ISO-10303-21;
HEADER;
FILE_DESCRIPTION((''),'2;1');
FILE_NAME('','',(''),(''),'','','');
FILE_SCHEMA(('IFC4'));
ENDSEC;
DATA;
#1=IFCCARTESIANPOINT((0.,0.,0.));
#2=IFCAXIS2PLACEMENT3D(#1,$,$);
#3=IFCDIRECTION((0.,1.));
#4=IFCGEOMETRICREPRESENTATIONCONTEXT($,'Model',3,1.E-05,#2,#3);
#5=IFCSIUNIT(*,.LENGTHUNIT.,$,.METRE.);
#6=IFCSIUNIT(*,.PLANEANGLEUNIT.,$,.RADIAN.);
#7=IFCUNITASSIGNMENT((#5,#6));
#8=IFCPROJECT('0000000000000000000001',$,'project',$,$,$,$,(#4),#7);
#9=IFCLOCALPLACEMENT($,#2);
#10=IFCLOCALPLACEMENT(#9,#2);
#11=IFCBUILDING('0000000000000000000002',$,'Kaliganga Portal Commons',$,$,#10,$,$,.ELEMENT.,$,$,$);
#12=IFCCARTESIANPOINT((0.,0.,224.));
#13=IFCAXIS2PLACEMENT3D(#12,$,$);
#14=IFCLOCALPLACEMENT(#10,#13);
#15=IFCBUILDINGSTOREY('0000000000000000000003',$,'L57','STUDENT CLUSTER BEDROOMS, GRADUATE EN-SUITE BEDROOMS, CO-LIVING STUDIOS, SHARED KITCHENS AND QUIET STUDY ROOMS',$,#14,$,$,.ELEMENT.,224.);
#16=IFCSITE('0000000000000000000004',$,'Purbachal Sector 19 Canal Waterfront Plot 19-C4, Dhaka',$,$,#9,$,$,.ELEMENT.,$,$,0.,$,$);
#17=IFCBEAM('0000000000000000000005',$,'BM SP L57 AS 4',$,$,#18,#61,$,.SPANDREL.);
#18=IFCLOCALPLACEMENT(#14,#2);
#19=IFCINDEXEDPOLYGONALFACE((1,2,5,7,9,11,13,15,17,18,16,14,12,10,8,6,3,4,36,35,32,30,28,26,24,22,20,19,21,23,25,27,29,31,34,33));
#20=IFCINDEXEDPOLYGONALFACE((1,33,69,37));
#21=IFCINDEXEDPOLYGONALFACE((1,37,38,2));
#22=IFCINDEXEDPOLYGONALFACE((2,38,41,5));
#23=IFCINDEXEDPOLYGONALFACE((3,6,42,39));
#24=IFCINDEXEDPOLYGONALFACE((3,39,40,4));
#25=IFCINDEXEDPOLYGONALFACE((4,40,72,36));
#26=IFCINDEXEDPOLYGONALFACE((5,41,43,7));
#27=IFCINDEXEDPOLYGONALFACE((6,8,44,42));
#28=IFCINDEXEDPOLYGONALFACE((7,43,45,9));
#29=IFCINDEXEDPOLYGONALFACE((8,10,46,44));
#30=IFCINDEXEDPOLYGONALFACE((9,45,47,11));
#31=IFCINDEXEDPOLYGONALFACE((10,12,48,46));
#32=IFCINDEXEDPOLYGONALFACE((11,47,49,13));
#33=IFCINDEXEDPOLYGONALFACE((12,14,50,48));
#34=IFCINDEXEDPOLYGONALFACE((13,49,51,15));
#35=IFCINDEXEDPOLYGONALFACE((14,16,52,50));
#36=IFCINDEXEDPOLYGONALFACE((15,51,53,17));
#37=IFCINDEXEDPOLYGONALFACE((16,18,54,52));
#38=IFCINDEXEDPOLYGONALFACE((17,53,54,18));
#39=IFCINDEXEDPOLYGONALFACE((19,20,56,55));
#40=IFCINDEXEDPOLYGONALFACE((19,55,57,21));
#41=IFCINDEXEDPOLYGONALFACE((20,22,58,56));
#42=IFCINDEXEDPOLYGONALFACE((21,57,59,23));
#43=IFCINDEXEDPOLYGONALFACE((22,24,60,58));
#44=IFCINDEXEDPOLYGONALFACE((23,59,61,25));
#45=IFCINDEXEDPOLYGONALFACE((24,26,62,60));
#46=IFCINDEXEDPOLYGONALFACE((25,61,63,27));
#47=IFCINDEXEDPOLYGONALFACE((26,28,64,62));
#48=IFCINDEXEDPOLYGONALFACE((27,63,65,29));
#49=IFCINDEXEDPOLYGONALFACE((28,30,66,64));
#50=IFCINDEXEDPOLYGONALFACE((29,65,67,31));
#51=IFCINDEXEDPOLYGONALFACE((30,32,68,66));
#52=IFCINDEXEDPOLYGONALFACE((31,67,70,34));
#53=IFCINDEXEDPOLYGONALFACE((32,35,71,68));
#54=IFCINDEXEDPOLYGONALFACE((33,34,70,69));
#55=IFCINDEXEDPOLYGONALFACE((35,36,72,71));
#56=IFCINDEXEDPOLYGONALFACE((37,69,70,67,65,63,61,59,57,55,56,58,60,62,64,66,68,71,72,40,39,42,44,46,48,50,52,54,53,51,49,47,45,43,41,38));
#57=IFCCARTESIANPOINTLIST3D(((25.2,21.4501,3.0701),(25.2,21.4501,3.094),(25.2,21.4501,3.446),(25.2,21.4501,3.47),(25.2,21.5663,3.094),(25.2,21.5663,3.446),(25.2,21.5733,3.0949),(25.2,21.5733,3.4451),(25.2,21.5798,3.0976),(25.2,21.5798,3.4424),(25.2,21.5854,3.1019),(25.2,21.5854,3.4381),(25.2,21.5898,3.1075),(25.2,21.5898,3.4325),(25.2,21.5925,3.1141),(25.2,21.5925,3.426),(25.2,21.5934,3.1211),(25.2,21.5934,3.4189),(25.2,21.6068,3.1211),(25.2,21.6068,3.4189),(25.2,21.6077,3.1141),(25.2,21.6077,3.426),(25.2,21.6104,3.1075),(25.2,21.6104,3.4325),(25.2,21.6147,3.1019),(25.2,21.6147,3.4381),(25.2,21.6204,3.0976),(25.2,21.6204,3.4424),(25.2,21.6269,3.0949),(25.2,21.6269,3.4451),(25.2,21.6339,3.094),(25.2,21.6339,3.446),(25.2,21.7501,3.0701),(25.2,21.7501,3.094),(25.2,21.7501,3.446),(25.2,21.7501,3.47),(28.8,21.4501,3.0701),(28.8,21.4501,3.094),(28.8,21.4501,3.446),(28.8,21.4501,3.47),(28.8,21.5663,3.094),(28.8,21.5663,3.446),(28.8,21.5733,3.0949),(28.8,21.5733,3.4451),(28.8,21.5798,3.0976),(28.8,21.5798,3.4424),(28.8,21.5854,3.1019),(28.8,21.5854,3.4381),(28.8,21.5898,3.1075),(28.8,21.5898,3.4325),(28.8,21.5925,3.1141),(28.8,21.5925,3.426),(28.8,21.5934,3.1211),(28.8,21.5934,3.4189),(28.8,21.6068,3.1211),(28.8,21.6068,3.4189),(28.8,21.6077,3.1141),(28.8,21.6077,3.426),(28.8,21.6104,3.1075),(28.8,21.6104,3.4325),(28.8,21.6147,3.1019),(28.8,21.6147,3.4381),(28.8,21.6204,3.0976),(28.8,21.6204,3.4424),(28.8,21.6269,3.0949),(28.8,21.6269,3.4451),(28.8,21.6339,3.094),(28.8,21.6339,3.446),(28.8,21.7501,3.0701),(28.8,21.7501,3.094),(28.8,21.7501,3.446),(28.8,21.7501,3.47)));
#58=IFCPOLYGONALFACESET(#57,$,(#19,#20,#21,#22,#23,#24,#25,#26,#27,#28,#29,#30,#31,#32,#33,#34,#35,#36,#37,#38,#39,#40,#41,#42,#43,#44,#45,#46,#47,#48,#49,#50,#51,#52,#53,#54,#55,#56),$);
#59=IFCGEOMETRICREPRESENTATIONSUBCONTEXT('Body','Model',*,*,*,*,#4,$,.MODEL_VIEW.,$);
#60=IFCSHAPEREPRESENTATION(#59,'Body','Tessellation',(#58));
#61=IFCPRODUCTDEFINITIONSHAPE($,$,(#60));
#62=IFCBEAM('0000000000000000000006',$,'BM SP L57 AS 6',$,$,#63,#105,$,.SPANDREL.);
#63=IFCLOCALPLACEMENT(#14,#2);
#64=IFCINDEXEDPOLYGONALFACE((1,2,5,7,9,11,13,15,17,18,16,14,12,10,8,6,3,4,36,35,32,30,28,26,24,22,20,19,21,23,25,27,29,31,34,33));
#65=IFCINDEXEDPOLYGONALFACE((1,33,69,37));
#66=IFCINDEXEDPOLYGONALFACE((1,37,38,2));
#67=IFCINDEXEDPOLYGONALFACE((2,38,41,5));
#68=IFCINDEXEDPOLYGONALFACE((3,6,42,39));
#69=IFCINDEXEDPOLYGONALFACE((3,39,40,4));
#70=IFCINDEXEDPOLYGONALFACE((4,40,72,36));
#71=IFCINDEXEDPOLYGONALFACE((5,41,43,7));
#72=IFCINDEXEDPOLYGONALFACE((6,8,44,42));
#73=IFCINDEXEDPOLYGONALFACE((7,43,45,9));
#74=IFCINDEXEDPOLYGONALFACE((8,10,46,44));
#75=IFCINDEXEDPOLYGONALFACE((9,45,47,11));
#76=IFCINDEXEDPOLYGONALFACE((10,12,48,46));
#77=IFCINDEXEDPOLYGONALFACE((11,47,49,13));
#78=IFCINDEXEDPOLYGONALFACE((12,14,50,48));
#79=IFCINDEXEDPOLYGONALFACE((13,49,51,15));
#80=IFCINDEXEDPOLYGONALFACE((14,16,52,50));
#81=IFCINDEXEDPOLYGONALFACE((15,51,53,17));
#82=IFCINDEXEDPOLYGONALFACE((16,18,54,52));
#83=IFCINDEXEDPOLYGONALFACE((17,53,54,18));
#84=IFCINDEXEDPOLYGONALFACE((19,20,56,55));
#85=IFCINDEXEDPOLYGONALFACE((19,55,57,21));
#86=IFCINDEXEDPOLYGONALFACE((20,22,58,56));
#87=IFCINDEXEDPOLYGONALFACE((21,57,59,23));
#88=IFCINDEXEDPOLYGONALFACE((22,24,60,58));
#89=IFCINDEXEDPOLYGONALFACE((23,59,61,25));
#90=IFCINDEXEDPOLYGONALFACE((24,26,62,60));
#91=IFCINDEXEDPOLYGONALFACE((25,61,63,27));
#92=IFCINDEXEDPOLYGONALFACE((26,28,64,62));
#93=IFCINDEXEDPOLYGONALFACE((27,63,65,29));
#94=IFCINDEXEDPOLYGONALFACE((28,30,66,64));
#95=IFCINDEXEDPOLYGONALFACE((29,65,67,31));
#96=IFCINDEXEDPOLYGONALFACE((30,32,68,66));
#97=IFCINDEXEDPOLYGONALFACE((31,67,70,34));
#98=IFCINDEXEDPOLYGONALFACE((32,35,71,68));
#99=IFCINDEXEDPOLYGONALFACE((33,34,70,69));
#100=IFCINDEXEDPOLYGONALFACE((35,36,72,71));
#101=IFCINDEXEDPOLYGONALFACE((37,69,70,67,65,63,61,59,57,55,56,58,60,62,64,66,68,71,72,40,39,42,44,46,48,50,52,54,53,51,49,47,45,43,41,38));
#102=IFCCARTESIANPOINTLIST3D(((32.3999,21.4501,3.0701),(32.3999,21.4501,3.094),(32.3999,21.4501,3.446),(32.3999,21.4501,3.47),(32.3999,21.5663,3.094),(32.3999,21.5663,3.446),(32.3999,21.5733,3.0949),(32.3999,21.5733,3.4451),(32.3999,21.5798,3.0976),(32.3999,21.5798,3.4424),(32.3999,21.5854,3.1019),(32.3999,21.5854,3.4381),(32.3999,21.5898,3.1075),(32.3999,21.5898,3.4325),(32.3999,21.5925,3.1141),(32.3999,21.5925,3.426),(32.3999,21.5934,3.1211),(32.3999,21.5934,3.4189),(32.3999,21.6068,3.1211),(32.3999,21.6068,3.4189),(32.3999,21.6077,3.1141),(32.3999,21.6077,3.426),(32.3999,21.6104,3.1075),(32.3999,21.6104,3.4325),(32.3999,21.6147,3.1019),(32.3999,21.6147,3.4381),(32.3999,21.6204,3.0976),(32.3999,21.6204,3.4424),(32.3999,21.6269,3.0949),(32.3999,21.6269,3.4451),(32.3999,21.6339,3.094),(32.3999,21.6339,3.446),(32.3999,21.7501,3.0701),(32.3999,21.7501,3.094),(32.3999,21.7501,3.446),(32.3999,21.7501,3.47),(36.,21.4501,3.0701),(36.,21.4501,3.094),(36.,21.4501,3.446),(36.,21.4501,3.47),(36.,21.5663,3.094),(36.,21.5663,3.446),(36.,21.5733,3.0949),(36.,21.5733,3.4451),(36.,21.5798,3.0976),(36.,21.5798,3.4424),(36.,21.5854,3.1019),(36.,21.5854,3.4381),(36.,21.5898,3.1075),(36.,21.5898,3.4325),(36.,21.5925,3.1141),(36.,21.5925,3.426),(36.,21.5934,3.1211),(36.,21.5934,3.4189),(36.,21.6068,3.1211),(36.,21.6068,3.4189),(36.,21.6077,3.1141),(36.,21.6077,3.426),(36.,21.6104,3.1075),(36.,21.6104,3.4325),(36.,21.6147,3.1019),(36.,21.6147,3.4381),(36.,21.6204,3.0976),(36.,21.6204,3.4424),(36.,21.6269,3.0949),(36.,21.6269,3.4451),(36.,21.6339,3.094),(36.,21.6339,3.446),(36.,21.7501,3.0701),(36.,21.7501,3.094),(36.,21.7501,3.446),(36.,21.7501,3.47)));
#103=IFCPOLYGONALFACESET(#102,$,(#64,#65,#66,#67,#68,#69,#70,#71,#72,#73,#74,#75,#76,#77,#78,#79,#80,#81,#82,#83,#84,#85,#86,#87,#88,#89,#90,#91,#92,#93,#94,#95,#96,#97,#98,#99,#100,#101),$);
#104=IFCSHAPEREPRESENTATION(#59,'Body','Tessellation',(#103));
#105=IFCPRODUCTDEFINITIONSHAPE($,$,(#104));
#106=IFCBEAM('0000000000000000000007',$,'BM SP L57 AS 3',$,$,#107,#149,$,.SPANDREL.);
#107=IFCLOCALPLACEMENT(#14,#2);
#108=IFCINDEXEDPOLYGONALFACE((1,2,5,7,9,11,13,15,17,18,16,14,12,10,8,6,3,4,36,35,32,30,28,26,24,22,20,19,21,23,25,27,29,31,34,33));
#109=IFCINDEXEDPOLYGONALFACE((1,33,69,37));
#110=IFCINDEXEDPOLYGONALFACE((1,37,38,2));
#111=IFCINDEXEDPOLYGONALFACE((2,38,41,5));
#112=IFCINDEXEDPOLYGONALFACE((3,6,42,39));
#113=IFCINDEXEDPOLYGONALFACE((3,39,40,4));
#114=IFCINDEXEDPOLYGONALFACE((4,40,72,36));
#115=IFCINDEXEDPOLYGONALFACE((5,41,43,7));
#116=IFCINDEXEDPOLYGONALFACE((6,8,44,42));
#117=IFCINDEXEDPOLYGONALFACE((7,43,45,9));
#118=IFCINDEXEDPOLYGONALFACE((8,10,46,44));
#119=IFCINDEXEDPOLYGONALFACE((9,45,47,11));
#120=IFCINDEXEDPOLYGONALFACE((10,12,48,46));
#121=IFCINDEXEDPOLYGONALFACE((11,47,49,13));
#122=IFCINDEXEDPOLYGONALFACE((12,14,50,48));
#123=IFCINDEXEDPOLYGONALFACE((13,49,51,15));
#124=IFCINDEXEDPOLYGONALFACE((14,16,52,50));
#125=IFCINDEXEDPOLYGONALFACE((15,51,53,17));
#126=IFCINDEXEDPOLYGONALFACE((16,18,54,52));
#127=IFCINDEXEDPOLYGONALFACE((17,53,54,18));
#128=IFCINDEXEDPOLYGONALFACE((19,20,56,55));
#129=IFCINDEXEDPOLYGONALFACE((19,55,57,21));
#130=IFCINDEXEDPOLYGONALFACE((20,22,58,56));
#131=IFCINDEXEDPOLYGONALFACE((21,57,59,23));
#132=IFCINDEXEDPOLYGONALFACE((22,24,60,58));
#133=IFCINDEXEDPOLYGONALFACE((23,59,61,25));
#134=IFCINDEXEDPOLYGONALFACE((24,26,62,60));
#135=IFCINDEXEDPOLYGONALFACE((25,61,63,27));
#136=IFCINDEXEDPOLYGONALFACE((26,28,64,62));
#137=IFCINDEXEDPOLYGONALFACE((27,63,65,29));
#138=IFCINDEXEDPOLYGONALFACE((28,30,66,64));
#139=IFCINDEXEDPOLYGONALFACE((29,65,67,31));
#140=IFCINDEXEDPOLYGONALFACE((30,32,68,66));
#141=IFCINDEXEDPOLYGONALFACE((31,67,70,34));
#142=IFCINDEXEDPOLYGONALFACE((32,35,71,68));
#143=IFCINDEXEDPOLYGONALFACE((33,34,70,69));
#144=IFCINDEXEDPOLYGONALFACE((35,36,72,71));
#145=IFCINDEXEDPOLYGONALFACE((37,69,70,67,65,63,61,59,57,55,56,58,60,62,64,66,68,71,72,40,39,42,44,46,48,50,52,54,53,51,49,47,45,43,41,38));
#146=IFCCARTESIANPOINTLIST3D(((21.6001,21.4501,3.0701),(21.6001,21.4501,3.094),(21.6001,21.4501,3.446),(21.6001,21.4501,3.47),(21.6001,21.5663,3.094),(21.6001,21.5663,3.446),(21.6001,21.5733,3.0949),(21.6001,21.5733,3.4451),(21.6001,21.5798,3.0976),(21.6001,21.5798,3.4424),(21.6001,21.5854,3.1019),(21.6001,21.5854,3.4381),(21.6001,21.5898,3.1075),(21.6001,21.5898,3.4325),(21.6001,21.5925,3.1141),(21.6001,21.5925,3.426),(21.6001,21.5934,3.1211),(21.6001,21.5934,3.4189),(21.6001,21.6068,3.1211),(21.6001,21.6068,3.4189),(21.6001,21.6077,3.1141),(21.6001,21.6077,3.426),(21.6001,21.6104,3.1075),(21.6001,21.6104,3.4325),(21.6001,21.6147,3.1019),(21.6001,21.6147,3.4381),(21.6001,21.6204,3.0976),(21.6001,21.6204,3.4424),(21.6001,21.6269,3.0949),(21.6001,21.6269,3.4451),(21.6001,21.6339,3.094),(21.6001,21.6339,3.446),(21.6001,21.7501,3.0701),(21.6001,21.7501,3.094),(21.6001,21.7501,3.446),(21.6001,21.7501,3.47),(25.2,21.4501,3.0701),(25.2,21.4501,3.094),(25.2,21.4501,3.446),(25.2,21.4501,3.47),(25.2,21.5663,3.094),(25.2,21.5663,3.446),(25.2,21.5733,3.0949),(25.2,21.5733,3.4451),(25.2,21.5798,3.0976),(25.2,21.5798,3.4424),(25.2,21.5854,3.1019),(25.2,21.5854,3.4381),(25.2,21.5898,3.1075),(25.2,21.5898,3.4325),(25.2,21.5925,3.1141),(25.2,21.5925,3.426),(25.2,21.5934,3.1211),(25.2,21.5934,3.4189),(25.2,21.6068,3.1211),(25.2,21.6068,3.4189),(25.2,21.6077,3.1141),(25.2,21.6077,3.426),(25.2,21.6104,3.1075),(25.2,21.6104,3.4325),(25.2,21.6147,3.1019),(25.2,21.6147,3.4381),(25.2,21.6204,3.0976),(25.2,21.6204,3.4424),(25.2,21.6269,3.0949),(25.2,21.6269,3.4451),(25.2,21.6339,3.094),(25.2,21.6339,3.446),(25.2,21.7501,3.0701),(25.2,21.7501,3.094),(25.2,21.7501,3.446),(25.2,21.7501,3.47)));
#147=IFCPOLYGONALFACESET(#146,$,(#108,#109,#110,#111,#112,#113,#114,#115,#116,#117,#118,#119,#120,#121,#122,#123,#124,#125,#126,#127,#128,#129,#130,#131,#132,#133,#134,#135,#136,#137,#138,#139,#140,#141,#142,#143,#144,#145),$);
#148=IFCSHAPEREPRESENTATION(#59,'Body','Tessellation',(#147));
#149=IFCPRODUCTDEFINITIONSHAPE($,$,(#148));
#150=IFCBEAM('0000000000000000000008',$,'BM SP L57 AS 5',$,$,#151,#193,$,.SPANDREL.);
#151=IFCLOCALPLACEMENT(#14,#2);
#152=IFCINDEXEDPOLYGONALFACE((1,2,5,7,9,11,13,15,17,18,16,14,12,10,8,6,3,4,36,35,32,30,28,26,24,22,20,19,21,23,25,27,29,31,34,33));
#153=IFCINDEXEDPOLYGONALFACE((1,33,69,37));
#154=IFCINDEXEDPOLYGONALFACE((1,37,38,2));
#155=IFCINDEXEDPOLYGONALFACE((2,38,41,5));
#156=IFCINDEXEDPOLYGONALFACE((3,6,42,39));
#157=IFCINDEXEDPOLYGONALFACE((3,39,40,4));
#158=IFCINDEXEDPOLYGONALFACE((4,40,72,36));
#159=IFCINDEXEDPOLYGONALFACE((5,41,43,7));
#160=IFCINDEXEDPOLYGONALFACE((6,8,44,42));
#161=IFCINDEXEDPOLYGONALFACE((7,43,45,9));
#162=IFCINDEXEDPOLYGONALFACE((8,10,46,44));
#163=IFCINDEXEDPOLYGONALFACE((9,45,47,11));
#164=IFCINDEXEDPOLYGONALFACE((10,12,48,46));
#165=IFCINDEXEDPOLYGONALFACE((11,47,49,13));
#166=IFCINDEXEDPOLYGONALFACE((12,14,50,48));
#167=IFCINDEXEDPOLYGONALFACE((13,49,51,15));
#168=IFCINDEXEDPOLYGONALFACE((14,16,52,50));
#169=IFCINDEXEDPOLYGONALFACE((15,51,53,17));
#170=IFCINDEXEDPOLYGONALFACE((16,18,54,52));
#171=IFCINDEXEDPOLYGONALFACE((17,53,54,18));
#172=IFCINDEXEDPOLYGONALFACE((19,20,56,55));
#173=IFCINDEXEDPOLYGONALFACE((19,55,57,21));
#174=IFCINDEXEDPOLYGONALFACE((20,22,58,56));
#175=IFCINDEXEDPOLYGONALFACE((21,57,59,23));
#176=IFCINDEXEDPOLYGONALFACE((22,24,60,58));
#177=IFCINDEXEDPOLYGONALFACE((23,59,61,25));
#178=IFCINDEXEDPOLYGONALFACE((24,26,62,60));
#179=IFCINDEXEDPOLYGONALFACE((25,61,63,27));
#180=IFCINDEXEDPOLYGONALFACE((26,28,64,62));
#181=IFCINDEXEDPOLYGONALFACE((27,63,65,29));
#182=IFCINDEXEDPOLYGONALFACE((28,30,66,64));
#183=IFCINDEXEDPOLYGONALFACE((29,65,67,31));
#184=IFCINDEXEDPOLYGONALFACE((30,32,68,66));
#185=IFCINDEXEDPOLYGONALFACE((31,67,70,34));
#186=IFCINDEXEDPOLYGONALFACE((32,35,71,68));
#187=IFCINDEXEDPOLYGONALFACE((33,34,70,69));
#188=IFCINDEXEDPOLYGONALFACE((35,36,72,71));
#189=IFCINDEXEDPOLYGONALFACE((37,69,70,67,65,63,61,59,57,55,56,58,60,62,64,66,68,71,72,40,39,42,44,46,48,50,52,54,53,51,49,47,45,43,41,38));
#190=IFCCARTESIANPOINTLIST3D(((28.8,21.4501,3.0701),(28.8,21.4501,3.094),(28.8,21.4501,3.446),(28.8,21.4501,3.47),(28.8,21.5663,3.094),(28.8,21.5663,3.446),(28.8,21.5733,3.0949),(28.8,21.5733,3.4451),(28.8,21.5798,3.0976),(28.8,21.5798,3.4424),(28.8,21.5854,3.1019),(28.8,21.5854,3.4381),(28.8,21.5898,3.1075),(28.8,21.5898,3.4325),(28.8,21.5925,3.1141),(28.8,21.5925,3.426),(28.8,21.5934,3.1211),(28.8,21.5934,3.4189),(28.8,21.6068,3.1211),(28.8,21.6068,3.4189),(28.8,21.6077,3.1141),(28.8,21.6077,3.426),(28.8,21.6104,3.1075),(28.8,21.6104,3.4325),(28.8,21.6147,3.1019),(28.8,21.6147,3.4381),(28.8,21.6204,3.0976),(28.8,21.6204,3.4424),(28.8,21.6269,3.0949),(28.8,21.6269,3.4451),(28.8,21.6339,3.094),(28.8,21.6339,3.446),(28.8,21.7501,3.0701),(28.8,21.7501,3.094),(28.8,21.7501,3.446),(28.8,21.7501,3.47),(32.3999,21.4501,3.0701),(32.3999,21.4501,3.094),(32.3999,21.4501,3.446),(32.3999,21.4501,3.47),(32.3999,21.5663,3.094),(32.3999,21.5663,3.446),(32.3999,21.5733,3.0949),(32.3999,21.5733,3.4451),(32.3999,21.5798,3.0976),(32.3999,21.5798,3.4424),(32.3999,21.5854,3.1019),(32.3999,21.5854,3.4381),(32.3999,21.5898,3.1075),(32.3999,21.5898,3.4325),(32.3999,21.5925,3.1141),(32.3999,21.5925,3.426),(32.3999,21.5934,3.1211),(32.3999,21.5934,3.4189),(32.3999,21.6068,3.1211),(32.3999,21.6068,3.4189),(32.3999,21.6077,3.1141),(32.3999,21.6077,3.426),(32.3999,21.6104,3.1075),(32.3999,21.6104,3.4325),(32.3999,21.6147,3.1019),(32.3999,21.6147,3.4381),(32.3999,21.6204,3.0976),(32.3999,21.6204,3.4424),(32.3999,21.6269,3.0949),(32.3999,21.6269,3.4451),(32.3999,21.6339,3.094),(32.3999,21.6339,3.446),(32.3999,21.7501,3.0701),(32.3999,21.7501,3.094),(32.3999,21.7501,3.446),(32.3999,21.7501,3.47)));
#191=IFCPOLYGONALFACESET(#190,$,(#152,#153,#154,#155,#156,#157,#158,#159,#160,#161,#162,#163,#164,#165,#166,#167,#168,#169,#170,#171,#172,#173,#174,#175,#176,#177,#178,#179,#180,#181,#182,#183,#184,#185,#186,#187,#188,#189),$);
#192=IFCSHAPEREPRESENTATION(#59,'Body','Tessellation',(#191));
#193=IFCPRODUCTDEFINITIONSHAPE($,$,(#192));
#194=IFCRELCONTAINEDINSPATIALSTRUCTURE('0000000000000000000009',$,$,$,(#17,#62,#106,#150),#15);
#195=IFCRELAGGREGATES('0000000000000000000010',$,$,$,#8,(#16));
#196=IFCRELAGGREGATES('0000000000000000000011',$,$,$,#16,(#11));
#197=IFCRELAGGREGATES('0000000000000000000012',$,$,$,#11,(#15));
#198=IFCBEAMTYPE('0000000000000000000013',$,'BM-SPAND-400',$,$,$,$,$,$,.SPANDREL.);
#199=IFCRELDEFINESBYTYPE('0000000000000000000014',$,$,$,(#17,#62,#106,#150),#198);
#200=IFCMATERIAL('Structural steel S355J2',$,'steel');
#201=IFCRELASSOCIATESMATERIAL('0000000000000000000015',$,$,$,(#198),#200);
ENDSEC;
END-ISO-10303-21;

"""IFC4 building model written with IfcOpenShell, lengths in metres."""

from ifc_helpers import new_model, si_unit, direction, frame, origin, origin_2d, place, context, subcontext, project, spatial, i_section, extrude, source, transform, mapped, material, material_profile, profile_set, type_object, element, save


model = new_model("IFC4")

# Units and contexts
model_context = context("Model", 3, precision=1e-05, world=origin(), true_north=direction((0.0, 1.0)))
body_context = subcontext(model_context, "Body", "Model", "MODEL_VIEW")
ifc_project = project(units=[si_unit("LENGTHUNIT", "METRE"), si_unit("PLANEANGLEUNIT", "RADIAN")], contexts=[model_context])

# Site, building, storey
site_placement = place(None, origin())
site = spatial("IfcSite", under=ifc_project, at=site_placement, Name="Purbachal Sector 19 Canal Waterfront Plot 19-C4, Dhaka", CompositionType="ELEMENT", RefElevation=0.0)
building_placement = place(site_placement, origin())
building = spatial("IfcBuilding", under=site, at=building_placement, Name="Kaliganga Portal Commons", CompositionType="ELEMENT")
storey_placement = place(building_placement, frame((0.0, 0.0, 224.0)))
storey = spatial("IfcBuildingStorey", under=building, at=storey_placement, Name="L57", Description="STUDENT CLUSTER BEDROOMS, GRADUATE EN-SUITE BEDROOMS, CO-LIVING STUDIOS, SHARED KITCHENS AND QUIET STUDY ROOMS", CompositionType="ELEMENT", Elevation=224.0)

# Shared definitions
ifc_material_1 = material(Name="Structural steel S355J2", Category="steel")

# Beams
ifc_material_profile_1 = material_profile(ifc_material_1, i_section(OverallWidth=0.3, OverallDepth=0.3999, WebThickness=0.0134, FlangeThickness=0.0239, FilletRadius=0.0271, at=origin_2d()), Name="HE 400 B")
ifc_profile_set_1 = profile_set([ifc_material_profile_1], Name="Structural steel S355J2 wide-flange")
beam_type_1 = type_object("IfcBeamType", Name="BM-SPAND-400", PredefinedType="SPANDREL", material=ifc_profile_set_1)
shared_shape_1 = source(origin(), body_context, "Body", "SweptSolid", [
    extrude(i_section(OverallWidth=0.3, OverallDepth=0.3999, WebThickness=0.0134, FlangeThickness=0.0239, FilletRadius=0.0271, at=origin_2d()), origin(), (0.0, 0.0, 1.0), 3.6001),
])
for number, where, z_axis, x_axis, name in (
    (1, (25.2, 21.6001, 3.27), (1.0, 0.0, 0.0), (0.0, 1.0, 0.0), "BM SP L57 AS 4"),
    (2, (32.3999, 21.6001, 3.27), (1.0, 0.0, 0.0), (0.0, 1.0, 0.0), "BM SP L57 AS 6"),
):
    element("IfcBeam", number, at=place(storey_placement, frame(where, z_axis=z_axis, x_axis=x_axis)), inside=storey, type_object=beam_type_1, Name=name, PredefinedType="SPANDREL", context=body_context, shape_type="MappedRepresentation", body=[
        mapped(shared_shape_1, transform((0.0, 0.0, 0.0), x_axis=(1.0, 0.0, 0.0), y_axis=(0.0, 1.0, 0.0), z_axis=(0.0, 0.0, 1.0), scale=1.0)),
    ])
shared_shape_2 = source(origin(), body_context, "Body", "SweptSolid", [
    extrude(i_section(OverallWidth=0.3, OverallDepth=0.3999, WebThickness=0.0134, FlangeThickness=0.0239, FilletRadius=0.0271, at=origin_2d()), origin(), (0.0, 0.0, 1.0), 3.5999),
])
for number, where, z_axis, x_axis, name in (
    (3, (21.6001, 21.6001, 3.27), (1.0, 0.0, 0.0), (0.0, 1.0, 0.0), "BM SP L57 AS 3"),
    (4, (28.8, 21.6001, 3.27), (1.0, 0.0, 0.0), (0.0, 1.0, 0.0), "BM SP L57 AS 5"),
):
    element("IfcBeam", number, at=place(storey_placement, frame(where, z_axis=z_axis, x_axis=x_axis)), inside=storey, type_object=beam_type_1, Name=name, PredefinedType="SPANDREL", context=body_context, shape_type="MappedRepresentation", body=[
        mapped(shared_shape_2, transform((0.0, 0.0, 0.0), x_axis=(1.0, 0.0, 0.0), y_axis=(0.0, 1.0, 0.0), z_axis=(0.0, 0.0, 1.0), scale=1.0)),
    ])

save(model, "model.ifc")
